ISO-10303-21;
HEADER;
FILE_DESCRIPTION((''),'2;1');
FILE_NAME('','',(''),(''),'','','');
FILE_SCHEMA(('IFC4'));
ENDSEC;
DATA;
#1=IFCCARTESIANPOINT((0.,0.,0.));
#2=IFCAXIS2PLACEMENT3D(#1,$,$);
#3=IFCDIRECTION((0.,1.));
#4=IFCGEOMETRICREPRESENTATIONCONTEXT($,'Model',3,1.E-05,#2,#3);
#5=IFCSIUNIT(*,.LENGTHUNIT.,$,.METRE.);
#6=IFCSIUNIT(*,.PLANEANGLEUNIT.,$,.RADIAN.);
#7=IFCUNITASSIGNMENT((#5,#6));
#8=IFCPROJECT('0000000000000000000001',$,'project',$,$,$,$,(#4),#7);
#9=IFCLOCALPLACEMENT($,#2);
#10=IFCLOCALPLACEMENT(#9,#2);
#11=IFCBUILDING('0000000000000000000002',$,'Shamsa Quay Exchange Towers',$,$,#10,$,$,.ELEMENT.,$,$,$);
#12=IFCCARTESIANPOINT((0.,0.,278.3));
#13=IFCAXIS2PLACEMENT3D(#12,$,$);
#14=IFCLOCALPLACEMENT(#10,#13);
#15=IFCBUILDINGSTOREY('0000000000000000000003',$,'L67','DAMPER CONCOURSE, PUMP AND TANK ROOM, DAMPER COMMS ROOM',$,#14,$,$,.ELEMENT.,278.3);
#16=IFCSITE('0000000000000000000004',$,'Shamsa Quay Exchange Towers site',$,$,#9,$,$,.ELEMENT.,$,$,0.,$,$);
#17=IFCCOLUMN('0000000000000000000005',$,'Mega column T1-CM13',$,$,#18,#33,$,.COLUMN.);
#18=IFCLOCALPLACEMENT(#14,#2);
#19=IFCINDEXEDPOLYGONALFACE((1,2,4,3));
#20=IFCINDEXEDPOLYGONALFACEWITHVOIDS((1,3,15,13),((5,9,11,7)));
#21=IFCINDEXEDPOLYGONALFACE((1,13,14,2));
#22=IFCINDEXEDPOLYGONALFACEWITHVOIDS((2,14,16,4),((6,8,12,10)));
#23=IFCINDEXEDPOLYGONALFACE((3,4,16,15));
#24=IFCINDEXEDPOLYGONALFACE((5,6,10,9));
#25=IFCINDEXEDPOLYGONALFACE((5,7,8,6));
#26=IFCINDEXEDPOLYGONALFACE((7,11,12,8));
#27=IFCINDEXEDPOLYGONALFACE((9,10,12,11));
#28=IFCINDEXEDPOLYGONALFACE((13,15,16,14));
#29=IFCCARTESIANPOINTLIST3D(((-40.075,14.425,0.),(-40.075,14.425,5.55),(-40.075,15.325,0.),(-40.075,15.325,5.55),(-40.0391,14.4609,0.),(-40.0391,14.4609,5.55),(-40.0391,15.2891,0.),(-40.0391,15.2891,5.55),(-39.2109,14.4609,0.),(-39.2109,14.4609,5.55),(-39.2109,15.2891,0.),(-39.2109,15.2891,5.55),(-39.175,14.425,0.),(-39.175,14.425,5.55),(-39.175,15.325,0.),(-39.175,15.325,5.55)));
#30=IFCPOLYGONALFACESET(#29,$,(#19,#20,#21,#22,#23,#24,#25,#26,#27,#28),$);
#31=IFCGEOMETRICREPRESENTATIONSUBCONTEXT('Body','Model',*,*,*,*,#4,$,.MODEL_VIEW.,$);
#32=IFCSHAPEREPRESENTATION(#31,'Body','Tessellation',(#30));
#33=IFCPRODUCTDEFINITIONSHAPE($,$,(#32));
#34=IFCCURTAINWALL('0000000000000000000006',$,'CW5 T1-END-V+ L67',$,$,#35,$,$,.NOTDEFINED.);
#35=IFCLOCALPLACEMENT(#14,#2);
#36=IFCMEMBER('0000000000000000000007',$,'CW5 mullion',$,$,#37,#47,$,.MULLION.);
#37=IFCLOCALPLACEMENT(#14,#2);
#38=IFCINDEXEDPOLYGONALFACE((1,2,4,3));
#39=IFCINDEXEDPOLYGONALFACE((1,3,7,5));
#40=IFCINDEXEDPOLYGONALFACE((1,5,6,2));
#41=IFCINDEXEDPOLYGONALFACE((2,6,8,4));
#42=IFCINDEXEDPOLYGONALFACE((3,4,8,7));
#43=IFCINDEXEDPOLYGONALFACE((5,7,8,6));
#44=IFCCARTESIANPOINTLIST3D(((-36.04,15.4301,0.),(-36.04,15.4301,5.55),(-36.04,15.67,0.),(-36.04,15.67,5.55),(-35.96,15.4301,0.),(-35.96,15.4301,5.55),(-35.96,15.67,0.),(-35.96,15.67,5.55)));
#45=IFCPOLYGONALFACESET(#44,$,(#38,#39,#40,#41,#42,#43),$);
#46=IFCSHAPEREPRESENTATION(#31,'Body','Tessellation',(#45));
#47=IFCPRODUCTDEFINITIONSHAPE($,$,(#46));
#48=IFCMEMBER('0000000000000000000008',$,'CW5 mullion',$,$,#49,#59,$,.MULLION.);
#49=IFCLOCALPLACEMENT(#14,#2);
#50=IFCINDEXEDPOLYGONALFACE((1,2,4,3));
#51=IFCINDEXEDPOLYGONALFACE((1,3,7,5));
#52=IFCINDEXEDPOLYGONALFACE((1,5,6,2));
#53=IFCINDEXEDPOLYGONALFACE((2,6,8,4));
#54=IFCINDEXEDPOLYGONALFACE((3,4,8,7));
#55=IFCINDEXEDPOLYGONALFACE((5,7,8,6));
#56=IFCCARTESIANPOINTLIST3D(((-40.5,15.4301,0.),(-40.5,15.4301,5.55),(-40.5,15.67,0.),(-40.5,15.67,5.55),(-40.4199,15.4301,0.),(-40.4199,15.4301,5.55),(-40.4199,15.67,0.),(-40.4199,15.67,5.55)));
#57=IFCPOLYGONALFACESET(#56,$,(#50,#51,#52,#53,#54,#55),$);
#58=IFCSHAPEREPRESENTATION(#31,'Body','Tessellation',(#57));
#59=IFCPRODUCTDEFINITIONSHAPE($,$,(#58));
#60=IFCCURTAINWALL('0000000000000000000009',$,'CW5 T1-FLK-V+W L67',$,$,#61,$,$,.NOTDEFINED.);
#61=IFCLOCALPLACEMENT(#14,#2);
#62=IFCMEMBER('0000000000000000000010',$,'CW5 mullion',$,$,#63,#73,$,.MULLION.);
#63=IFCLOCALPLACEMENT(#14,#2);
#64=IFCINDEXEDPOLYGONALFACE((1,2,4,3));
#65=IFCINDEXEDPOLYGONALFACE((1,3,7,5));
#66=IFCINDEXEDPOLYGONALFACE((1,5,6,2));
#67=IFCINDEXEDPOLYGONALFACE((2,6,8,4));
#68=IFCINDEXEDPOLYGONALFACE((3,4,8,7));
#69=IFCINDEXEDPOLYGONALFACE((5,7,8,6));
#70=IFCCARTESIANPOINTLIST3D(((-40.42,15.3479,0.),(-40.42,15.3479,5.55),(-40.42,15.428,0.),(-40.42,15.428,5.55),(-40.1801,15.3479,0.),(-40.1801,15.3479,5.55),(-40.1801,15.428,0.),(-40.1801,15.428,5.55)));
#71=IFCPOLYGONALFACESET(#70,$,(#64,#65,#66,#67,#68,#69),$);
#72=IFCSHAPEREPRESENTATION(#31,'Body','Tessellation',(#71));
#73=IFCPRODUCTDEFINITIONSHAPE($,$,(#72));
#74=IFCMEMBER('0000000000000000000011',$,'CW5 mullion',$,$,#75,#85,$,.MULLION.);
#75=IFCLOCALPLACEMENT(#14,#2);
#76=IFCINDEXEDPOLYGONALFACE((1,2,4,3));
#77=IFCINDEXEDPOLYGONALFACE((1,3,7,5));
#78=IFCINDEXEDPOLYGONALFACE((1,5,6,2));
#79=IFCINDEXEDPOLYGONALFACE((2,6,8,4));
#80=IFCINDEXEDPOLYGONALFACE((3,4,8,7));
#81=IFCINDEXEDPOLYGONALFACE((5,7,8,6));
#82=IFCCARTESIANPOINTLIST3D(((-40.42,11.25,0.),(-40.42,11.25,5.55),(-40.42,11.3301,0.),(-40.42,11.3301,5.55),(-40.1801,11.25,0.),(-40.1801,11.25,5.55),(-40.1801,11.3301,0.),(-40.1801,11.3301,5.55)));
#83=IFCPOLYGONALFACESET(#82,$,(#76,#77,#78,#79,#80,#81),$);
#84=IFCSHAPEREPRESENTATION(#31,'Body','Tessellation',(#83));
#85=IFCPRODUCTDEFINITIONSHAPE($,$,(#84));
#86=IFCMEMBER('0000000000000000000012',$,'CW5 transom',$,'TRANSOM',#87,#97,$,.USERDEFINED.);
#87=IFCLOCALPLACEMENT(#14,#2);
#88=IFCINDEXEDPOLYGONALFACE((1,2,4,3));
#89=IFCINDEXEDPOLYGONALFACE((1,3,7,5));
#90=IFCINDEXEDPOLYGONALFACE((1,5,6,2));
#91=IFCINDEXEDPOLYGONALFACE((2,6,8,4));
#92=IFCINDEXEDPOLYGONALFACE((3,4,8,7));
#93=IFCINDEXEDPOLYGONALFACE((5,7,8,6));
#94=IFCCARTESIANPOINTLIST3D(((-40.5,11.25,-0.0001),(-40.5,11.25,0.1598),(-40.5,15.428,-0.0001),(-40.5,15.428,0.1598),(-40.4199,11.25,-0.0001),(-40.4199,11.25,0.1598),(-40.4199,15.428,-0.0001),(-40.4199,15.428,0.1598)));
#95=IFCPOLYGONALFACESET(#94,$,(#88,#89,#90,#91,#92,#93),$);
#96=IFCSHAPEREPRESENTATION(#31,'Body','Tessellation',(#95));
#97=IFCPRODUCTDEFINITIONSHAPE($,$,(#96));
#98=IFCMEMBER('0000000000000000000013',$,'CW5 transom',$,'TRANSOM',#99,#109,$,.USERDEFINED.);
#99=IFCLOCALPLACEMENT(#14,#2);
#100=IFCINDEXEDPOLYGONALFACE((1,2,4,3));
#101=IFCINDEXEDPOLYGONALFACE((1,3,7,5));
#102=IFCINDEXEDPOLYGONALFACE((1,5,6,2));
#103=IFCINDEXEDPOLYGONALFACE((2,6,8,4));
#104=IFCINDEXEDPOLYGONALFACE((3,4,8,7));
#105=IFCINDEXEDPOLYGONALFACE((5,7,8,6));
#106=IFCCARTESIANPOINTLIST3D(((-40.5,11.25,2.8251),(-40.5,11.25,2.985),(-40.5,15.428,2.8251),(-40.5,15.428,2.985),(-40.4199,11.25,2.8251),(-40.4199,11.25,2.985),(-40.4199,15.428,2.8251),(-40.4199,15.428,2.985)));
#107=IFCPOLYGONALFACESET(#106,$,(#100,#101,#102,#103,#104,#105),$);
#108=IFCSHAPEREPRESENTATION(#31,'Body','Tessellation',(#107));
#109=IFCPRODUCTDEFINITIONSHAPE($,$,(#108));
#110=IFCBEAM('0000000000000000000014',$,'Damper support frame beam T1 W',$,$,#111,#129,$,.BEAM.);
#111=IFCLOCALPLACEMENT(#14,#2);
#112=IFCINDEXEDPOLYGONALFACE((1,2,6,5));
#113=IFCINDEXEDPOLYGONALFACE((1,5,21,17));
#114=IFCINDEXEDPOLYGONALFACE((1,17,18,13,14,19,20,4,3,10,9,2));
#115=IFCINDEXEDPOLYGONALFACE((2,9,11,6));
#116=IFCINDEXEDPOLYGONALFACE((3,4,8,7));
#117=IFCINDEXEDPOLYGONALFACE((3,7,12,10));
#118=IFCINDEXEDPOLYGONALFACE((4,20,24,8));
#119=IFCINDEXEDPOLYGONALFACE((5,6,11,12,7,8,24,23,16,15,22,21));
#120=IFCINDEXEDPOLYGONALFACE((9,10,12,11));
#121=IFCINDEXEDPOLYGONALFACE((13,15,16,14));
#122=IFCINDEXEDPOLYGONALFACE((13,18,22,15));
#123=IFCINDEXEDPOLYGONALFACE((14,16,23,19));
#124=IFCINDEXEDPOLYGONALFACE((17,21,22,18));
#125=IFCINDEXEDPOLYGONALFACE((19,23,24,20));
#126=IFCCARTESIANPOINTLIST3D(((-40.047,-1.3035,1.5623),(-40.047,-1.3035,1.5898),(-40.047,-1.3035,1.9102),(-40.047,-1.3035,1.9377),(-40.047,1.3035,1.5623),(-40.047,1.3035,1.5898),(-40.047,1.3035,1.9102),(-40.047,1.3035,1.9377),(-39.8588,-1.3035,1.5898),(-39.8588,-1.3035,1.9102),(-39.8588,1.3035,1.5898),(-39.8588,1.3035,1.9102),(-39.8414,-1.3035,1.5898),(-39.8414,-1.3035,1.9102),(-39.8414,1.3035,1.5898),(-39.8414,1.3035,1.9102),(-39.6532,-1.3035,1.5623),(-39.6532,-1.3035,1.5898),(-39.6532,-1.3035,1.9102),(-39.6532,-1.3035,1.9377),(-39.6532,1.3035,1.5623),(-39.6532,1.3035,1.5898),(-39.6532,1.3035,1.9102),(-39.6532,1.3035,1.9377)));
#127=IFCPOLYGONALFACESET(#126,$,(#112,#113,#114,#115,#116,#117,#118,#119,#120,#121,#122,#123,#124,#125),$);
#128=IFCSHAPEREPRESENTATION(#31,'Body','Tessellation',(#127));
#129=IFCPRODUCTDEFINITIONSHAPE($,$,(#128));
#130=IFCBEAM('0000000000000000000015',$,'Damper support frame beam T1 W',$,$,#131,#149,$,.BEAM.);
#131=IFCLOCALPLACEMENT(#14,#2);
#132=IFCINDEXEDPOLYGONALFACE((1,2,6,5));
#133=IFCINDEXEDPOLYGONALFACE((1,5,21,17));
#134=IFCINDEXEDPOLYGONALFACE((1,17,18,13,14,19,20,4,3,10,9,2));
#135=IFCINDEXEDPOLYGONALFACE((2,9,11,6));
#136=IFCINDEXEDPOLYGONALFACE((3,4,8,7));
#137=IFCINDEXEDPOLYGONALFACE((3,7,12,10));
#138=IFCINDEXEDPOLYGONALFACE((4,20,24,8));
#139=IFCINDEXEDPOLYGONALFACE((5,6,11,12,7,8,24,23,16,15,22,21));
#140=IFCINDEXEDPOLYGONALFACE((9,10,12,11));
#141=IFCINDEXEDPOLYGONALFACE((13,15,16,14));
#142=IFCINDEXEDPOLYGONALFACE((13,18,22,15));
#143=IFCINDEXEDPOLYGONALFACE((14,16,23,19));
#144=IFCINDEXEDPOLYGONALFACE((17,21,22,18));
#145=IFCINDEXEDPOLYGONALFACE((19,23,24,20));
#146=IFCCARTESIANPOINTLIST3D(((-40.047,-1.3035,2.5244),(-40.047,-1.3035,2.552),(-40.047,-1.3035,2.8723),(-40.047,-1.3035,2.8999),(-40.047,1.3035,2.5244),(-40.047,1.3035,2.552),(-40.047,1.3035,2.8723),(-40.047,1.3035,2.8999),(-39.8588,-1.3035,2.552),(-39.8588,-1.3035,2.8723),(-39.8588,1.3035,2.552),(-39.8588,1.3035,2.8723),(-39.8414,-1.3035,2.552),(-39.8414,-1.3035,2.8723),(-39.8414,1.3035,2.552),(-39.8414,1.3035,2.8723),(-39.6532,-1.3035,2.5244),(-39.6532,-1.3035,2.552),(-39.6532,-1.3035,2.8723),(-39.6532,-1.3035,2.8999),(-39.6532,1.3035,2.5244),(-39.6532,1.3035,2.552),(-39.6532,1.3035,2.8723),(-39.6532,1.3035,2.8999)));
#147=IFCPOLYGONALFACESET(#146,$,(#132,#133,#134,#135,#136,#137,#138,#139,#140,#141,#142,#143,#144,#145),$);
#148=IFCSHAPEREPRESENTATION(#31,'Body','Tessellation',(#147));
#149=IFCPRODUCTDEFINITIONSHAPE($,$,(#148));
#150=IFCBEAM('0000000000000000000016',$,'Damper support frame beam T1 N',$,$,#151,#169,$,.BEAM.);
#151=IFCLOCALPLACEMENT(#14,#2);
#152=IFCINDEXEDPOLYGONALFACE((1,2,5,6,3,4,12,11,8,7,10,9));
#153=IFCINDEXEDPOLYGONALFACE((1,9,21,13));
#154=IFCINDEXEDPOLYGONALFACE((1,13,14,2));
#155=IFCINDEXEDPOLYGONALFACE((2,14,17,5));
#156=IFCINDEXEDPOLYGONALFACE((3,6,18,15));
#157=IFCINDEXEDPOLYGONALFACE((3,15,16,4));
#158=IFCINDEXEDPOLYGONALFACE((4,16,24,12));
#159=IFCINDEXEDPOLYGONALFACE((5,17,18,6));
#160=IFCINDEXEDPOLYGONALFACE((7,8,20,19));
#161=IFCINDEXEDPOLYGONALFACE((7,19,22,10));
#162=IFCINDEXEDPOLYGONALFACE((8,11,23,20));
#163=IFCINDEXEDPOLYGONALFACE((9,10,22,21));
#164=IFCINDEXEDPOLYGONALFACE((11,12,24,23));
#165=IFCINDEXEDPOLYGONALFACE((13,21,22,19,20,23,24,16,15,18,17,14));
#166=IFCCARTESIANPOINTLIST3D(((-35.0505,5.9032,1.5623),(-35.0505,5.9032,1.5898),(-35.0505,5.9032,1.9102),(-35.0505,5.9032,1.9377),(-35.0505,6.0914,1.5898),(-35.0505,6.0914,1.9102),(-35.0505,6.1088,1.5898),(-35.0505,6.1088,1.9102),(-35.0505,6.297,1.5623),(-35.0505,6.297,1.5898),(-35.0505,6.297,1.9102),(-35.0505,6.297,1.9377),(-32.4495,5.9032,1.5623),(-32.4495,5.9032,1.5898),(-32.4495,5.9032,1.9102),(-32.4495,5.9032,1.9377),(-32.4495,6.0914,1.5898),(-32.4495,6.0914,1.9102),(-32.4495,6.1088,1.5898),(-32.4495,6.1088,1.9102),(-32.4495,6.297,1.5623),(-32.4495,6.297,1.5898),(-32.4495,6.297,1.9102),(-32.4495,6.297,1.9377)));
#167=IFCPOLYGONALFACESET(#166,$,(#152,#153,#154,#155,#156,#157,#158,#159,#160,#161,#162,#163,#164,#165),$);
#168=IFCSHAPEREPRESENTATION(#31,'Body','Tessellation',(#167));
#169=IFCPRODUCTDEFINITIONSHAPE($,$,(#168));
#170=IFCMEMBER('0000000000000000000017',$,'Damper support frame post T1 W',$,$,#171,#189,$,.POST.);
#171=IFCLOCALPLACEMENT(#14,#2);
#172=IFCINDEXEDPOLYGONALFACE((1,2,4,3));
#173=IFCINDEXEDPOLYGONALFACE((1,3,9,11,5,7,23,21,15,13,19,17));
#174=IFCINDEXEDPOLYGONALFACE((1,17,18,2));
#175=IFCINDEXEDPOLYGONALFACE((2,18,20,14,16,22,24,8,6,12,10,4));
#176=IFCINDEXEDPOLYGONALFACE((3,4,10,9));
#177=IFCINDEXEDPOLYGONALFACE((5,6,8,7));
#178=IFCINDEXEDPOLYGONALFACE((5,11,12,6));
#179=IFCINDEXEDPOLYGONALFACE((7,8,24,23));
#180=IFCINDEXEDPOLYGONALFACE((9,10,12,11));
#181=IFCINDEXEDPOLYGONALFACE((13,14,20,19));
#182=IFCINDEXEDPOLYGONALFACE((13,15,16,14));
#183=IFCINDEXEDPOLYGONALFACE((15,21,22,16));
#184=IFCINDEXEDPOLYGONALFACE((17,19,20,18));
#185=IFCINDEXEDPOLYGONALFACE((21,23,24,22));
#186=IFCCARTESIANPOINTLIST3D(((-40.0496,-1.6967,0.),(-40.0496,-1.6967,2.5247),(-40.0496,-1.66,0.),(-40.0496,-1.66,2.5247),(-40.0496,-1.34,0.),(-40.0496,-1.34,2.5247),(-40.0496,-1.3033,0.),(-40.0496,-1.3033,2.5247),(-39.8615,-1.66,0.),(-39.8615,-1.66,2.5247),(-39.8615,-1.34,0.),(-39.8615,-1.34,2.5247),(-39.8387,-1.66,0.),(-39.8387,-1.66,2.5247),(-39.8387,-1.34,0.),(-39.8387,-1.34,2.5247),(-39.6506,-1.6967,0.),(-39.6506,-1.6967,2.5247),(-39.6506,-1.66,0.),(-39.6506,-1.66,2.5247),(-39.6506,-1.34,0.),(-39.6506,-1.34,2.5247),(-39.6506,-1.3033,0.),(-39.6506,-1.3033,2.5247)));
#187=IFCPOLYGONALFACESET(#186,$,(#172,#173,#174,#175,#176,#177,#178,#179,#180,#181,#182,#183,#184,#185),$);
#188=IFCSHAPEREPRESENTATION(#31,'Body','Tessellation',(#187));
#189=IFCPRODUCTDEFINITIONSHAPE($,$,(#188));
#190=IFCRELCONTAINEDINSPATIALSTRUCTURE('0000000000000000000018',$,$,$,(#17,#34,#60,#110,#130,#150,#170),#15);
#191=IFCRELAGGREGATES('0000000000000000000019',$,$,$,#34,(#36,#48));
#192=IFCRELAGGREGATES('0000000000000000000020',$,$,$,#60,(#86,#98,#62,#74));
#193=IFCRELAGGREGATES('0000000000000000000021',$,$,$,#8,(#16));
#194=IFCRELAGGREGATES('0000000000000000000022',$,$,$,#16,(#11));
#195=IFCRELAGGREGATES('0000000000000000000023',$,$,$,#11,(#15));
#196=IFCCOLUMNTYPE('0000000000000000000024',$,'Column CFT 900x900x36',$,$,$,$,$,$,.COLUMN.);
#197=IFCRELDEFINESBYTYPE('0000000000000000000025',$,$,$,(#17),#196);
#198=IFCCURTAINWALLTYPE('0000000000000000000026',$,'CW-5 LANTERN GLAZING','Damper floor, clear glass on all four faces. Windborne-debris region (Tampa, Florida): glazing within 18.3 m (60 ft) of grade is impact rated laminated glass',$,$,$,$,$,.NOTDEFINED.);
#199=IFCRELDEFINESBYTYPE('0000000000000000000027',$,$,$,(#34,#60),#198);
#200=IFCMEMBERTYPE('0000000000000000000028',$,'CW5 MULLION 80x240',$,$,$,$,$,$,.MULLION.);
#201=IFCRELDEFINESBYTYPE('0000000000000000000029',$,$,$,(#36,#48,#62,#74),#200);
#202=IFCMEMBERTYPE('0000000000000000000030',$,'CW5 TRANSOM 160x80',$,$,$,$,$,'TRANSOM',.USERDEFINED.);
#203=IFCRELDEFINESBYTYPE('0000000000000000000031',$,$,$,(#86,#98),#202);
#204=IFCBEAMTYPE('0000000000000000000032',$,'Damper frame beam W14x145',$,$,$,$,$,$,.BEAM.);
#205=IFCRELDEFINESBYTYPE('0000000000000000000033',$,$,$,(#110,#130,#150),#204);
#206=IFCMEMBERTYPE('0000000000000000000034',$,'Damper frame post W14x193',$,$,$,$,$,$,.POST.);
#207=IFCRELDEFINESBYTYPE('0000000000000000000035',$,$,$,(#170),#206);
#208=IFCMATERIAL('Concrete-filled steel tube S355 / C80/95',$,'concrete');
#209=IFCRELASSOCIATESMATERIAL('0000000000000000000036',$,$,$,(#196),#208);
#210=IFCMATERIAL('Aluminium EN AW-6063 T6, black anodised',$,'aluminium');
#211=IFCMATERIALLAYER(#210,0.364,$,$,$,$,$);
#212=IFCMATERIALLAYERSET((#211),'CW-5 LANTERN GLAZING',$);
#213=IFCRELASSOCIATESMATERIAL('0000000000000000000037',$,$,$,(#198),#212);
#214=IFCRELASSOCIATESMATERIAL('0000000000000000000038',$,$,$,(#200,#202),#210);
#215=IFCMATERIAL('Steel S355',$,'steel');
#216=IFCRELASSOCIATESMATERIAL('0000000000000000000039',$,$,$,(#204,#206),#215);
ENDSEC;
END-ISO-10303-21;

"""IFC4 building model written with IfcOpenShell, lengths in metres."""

from ifc_helpers import new_model, si_unit, direction, frame, origin, origin_2d, place, context, subcontext, project, spatial, rectangle, hollow_rectangle, i_section, extrude, material, layer, layer_set, material_profile, profile_set, type_object, element, aggregate, save


model = new_model("IFC4")

# Units and contexts
model_context = context("Model", 3, precision=1e-05, world=origin(), true_north=direction((0.0, 1.0)))
body_context = subcontext(model_context, "Body", "Model", "MODEL_VIEW")
ifc_project = project(units=[si_unit("LENGTHUNIT", "METRE"), si_unit("PLANEANGLEUNIT", "RADIAN")], contexts=[model_context])

# Site, building, storey
site_placement = place(None, origin())
site = spatial("IfcSite", under=ifc_project, at=site_placement, Name="Shamsa Quay Exchange Towers site", CompositionType="ELEMENT", RefElevation=0.0)
building_placement = place(site_placement, origin())
building = spatial("IfcBuilding", under=site, at=building_placement, Name="Shamsa Quay Exchange Towers", CompositionType="ELEMENT")
storey_placement = place(building_placement, frame((0.0, 0.0, 278.3)))
storey = spatial("IfcBuildingStorey", under=building, at=storey_placement, Name="L67", Description="DAMPER CONCOURSE, PUMP AND TANK ROOM, DAMPER COMMS ROOM", CompositionType="ELEMENT", Elevation=278.3)

# Column
ifc_material_1 = material(Name="Concrete-filled steel tube S355 / C80/95", Category="concrete")
ifc_material_profile_1 = material_profile(ifc_material_1, hollow_rectangle(XDim=0.8999, YDim=0.8999, WallThickness=0.0359, at=origin_2d()), Name="CFT 900x900x36")
ifc_profile_set_1 = profile_set([ifc_material_profile_1], Name="Concrete-filled steel tube S355 / C80/95")
column_type = type_object("IfcColumnType", Name="Column CFT 900x900x36", PredefinedType="COLUMN", material=ifc_profile_set_1)
column_placement = place(storey_placement, frame((-39.625, 14.875, 0.0)))
element("IfcColumn", 1, at=column_placement, inside=storey, type_object=column_type, Name="Mega column T1-CM13", PredefinedType="COLUMN", context=body_context, shape_type="SweptSolid", body=[
    extrude(hollow_rectangle(XDim=0.8999, YDim=0.8999, WallThickness=0.0359, at=origin_2d()), origin(), (0.0, 0.0, 1.0), 5.55),
])

# Curtain walls, members
ifc_material_2 = material(Name="Aluminium EN AW-6063 T6, black anodised", Category="aluminium")
ifc_layer_1 = layer(ifc_material_2, 0.364)
ifc_layer_set_1 = layer_set([ifc_layer_1], Name="CW-5 LANTERN GLAZING")
curtain_wall_type = type_object("IfcCurtainWallType", Name="CW-5 LANTERN GLAZING", Description="Damper floor, clear glass on all four faces. Windborne-debris region (Tampa, Florida): glazing within 18.3 m (60 ft) of grade is impact rated laminated glass", PredefinedType="NOTDEFINED", material=ifc_layer_set_1)
curtain_wall_1_placement = place(storey_placement, origin())
curtain_wall_1 = element("IfcCurtainWall", 2, at=curtain_wall_1_placement, inside=storey, type_object=curtain_wall_type, Name="CW5 T1-END-V+ L67", PredefinedType="NOTDEFINED")
ifc_material_profile_2 = material_profile(ifc_material_2, rectangle(XDim=0.24, YDim=0.0801, at=origin_2d()), Name="MU80x240")
ifc_profile_set_2 = profile_set([ifc_material_profile_2], Name="Aluminium EN AW-6063 T6, black anodised")
member_type_1 = type_object("IfcMemberType", Name="CW5 MULLION 80x240", PredefinedType="MULLION", material=ifc_profile_set_2)
member_1_placement = place(storey_placement, frame((-36.0, 15.55, 0.0), z_axis=(0.0, 0.0, 1.0), x_axis=(0.0, -1.0, 0.0)))
member_1 = element("IfcMember", 3, at=member_1_placement, type_object=member_type_1, Name="CW5 mullion", PredefinedType="MULLION", context=body_context, shape_type="SweptSolid", body=[
    extrude(rectangle(XDim=0.24, YDim=0.0801, at=origin_2d()), origin(), (0.0, 0.0, 1.0), 5.55),
])
member_2_placement = place(storey_placement, frame((-40.46, 15.55, 0.0), z_axis=(0.0, 0.0, 1.0), x_axis=(0.0, -1.0, 0.0)))
member_2 = element("IfcMember", 4, at=member_2_placement, type_object=member_type_1, Name="CW5 mullion", PredefinedType="MULLION", context=body_context, shape_type="SweptSolid", body=[
    extrude(rectangle(XDim=0.24, YDim=0.0801, at=origin_2d()), origin(), (0.0, 0.0, 1.0), 5.55),
])
curtain_wall_2_placement = place(storey_placement, origin())
curtain_wall_2 = element("IfcCurtainWall", 5, at=curtain_wall_2_placement, inside=storey, type_object=curtain_wall_type, Name="CW5 T1-FLK-V+W L67", PredefinedType="NOTDEFINED")
member_3_placement = place(storey_placement, frame((-40.3, 15.3879, 0.0)))
member_3 = element("IfcMember", 6, at=member_3_placement, type_object=member_type_1, Name="CW5 mullion", PredefinedType="MULLION", context=body_context, shape_type="SweptSolid", body=[
    extrude(rectangle(XDim=0.24, YDim=0.0801, at=origin_2d()), origin(), (0.0, 0.0, 1.0), 5.55),
])
member_4_placement = place(storey_placement, frame((-40.3, 11.29, 0.0)))
member_4 = element("IfcMember", 7, at=member_4_placement, type_object=member_type_1, Name="CW5 mullion", PredefinedType="MULLION", context=body_context, shape_type="SweptSolid", body=[
    extrude(rectangle(XDim=0.24, YDim=0.0801, at=origin_2d()), origin(), (0.0, 0.0, 1.0), 5.55),
])
ifc_material_profile_3 = material_profile(ifc_material_2, rectangle(XDim=0.0801, YDim=0.1599, at=origin_2d()), Name="TR160x80")
ifc_profile_set_3 = profile_set([ifc_material_profile_3], Name="Aluminium EN AW-6063 T6, black anodised")
member_type_2 = type_object("IfcMemberType", Name="CW5 TRANSOM 160x80", ElementType="TRANSOM", PredefinedType="USERDEFINED", material=ifc_profile_set_3)
member_5_placement = place(storey_placement, frame((-40.46, 15.428, 0.0798), z_axis=(0.0, -1.0, 0.0), x_axis=(1.0, 0.0, 0.0)))
member_5 = element("IfcMember", 8, at=member_5_placement, type_object=member_type_2, Name="CW5 transom", ObjectType="TRANSOM", PredefinedType="USERDEFINED", context=body_context, shape_type="SweptSolid", body=[
    extrude(rectangle(XDim=0.0801, YDim=0.1599, at=origin_2d()), origin(), (0.0, 0.0, 1.0), 4.178),
])
member_6_placement = place(storey_placement, frame((-40.46, 15.428, 2.905), z_axis=(0.0, -1.0, 0.0), x_axis=(1.0, 0.0, 0.0)))
member_6 = element("IfcMember", 9, at=member_6_placement, type_object=member_type_2, Name="CW5 transom", ObjectType="TRANSOM", PredefinedType="USERDEFINED", context=body_context, shape_type="SweptSolid", body=[
    extrude(rectangle(XDim=0.0801, YDim=0.1599, at=origin_2d()), origin(), (0.0, 0.0, 1.0), 4.178),
])

# Beams
ifc_material_3 = material(Name="Steel S355", Category="steel")
ifc_material_profile_4 = material_profile(ifc_material_3, i_section(OverallWidth=0.3938, OverallDepth=0.3755, WebThickness=0.0173, FlangeThickness=0.0276, at=origin_2d()), Name="W14x145")
ifc_profile_set_4 = profile_set([ifc_material_profile_4], Name="Steel S355")
beam_type_1 = type_object("IfcBeamType", Name="Damper frame beam W14x145", PredefinedType="BEAM", material=ifc_profile_set_4)
for number, where, z_axis, x_axis, name in (
    (10, (-39.8501, -1.3035, 1.75), (0.0, 1.0, 0.0), (-1.0, 0.0, 0.0), "Damper support frame beam T1 W"),
    (11, (-39.8501, -1.3035, 2.7122), (0.0, 1.0, 0.0), (-1.0, 0.0, 0.0), "Damper support frame beam T1 W"),
):
    element("IfcBeam", number, at=place(storey_placement, frame(where, z_axis=z_axis, x_axis=x_axis)), inside=storey, type_object=beam_type_1, Name=name, PredefinedType="BEAM", context=body_context, shape_type="SweptSolid", body=[
        extrude(i_section(OverallWidth=0.3938, OverallDepth=0.3755, WebThickness=0.0173, FlangeThickness=0.0276, at=origin_2d()), origin(), (0.0, 0.0, 1.0), 2.6069),
    ])
beam_1_placement = place(storey_placement, frame((-35.0505, 6.1001, 1.75), z_axis=(1.0, 0.0, 0.0), x_axis=(0.0, 1.0, 0.0)))
element("IfcBeam", 12, at=beam_1_placement, inside=storey, type_object=beam_type_1, Name="Damper support frame beam T1 N", PredefinedType="BEAM", context=body_context, shape_type="SweptSolid", body=[
    extrude(i_section(OverallWidth=0.3938, OverallDepth=0.3755, WebThickness=0.0173, FlangeThickness=0.0276, at=origin_2d()), origin(), (0.0, 0.0, 1.0), 2.6011),
])

# Member
ifc_material_profile_5 = material_profile(ifc_material_3, i_section(OverallWidth=0.3989, OverallDepth=0.3933, WebThickness=0.0227, FlangeThickness=0.0366, at=origin_2d()), Name="W14x193")
ifc_profile_set_5 = profile_set([ifc_material_profile_5], Name="Steel S355")
member_type_3 = type_object("IfcMemberType", Name="Damper frame post W14x193", PredefinedType="POST", material=ifc_profile_set_5)
for number, where, name in (
    (13, (-39.8501, -1.5, 0.0), "Damper support frame post T1 W"),
):
    element("IfcMember", number, at=place(storey_placement, frame(where)), inside=storey, type_object=member_type_3, Name=name, PredefinedType="POST", context=body_context, shape_type="SweptSolid", body=[
        extrude(i_section(OverallWidth=0.3989, OverallDepth=0.3933, WebThickness=0.0227, FlangeThickness=0.0366, at=origin_2d()), origin(), (0.0, 0.0, 1.0), 2.5247),
    ])

aggregate(curtain_wall_1, [member_1, member_2])
aggregate(curtain_wall_2, [member_5, member_6, member_3, member_4])

save(model, "model.ifc")
